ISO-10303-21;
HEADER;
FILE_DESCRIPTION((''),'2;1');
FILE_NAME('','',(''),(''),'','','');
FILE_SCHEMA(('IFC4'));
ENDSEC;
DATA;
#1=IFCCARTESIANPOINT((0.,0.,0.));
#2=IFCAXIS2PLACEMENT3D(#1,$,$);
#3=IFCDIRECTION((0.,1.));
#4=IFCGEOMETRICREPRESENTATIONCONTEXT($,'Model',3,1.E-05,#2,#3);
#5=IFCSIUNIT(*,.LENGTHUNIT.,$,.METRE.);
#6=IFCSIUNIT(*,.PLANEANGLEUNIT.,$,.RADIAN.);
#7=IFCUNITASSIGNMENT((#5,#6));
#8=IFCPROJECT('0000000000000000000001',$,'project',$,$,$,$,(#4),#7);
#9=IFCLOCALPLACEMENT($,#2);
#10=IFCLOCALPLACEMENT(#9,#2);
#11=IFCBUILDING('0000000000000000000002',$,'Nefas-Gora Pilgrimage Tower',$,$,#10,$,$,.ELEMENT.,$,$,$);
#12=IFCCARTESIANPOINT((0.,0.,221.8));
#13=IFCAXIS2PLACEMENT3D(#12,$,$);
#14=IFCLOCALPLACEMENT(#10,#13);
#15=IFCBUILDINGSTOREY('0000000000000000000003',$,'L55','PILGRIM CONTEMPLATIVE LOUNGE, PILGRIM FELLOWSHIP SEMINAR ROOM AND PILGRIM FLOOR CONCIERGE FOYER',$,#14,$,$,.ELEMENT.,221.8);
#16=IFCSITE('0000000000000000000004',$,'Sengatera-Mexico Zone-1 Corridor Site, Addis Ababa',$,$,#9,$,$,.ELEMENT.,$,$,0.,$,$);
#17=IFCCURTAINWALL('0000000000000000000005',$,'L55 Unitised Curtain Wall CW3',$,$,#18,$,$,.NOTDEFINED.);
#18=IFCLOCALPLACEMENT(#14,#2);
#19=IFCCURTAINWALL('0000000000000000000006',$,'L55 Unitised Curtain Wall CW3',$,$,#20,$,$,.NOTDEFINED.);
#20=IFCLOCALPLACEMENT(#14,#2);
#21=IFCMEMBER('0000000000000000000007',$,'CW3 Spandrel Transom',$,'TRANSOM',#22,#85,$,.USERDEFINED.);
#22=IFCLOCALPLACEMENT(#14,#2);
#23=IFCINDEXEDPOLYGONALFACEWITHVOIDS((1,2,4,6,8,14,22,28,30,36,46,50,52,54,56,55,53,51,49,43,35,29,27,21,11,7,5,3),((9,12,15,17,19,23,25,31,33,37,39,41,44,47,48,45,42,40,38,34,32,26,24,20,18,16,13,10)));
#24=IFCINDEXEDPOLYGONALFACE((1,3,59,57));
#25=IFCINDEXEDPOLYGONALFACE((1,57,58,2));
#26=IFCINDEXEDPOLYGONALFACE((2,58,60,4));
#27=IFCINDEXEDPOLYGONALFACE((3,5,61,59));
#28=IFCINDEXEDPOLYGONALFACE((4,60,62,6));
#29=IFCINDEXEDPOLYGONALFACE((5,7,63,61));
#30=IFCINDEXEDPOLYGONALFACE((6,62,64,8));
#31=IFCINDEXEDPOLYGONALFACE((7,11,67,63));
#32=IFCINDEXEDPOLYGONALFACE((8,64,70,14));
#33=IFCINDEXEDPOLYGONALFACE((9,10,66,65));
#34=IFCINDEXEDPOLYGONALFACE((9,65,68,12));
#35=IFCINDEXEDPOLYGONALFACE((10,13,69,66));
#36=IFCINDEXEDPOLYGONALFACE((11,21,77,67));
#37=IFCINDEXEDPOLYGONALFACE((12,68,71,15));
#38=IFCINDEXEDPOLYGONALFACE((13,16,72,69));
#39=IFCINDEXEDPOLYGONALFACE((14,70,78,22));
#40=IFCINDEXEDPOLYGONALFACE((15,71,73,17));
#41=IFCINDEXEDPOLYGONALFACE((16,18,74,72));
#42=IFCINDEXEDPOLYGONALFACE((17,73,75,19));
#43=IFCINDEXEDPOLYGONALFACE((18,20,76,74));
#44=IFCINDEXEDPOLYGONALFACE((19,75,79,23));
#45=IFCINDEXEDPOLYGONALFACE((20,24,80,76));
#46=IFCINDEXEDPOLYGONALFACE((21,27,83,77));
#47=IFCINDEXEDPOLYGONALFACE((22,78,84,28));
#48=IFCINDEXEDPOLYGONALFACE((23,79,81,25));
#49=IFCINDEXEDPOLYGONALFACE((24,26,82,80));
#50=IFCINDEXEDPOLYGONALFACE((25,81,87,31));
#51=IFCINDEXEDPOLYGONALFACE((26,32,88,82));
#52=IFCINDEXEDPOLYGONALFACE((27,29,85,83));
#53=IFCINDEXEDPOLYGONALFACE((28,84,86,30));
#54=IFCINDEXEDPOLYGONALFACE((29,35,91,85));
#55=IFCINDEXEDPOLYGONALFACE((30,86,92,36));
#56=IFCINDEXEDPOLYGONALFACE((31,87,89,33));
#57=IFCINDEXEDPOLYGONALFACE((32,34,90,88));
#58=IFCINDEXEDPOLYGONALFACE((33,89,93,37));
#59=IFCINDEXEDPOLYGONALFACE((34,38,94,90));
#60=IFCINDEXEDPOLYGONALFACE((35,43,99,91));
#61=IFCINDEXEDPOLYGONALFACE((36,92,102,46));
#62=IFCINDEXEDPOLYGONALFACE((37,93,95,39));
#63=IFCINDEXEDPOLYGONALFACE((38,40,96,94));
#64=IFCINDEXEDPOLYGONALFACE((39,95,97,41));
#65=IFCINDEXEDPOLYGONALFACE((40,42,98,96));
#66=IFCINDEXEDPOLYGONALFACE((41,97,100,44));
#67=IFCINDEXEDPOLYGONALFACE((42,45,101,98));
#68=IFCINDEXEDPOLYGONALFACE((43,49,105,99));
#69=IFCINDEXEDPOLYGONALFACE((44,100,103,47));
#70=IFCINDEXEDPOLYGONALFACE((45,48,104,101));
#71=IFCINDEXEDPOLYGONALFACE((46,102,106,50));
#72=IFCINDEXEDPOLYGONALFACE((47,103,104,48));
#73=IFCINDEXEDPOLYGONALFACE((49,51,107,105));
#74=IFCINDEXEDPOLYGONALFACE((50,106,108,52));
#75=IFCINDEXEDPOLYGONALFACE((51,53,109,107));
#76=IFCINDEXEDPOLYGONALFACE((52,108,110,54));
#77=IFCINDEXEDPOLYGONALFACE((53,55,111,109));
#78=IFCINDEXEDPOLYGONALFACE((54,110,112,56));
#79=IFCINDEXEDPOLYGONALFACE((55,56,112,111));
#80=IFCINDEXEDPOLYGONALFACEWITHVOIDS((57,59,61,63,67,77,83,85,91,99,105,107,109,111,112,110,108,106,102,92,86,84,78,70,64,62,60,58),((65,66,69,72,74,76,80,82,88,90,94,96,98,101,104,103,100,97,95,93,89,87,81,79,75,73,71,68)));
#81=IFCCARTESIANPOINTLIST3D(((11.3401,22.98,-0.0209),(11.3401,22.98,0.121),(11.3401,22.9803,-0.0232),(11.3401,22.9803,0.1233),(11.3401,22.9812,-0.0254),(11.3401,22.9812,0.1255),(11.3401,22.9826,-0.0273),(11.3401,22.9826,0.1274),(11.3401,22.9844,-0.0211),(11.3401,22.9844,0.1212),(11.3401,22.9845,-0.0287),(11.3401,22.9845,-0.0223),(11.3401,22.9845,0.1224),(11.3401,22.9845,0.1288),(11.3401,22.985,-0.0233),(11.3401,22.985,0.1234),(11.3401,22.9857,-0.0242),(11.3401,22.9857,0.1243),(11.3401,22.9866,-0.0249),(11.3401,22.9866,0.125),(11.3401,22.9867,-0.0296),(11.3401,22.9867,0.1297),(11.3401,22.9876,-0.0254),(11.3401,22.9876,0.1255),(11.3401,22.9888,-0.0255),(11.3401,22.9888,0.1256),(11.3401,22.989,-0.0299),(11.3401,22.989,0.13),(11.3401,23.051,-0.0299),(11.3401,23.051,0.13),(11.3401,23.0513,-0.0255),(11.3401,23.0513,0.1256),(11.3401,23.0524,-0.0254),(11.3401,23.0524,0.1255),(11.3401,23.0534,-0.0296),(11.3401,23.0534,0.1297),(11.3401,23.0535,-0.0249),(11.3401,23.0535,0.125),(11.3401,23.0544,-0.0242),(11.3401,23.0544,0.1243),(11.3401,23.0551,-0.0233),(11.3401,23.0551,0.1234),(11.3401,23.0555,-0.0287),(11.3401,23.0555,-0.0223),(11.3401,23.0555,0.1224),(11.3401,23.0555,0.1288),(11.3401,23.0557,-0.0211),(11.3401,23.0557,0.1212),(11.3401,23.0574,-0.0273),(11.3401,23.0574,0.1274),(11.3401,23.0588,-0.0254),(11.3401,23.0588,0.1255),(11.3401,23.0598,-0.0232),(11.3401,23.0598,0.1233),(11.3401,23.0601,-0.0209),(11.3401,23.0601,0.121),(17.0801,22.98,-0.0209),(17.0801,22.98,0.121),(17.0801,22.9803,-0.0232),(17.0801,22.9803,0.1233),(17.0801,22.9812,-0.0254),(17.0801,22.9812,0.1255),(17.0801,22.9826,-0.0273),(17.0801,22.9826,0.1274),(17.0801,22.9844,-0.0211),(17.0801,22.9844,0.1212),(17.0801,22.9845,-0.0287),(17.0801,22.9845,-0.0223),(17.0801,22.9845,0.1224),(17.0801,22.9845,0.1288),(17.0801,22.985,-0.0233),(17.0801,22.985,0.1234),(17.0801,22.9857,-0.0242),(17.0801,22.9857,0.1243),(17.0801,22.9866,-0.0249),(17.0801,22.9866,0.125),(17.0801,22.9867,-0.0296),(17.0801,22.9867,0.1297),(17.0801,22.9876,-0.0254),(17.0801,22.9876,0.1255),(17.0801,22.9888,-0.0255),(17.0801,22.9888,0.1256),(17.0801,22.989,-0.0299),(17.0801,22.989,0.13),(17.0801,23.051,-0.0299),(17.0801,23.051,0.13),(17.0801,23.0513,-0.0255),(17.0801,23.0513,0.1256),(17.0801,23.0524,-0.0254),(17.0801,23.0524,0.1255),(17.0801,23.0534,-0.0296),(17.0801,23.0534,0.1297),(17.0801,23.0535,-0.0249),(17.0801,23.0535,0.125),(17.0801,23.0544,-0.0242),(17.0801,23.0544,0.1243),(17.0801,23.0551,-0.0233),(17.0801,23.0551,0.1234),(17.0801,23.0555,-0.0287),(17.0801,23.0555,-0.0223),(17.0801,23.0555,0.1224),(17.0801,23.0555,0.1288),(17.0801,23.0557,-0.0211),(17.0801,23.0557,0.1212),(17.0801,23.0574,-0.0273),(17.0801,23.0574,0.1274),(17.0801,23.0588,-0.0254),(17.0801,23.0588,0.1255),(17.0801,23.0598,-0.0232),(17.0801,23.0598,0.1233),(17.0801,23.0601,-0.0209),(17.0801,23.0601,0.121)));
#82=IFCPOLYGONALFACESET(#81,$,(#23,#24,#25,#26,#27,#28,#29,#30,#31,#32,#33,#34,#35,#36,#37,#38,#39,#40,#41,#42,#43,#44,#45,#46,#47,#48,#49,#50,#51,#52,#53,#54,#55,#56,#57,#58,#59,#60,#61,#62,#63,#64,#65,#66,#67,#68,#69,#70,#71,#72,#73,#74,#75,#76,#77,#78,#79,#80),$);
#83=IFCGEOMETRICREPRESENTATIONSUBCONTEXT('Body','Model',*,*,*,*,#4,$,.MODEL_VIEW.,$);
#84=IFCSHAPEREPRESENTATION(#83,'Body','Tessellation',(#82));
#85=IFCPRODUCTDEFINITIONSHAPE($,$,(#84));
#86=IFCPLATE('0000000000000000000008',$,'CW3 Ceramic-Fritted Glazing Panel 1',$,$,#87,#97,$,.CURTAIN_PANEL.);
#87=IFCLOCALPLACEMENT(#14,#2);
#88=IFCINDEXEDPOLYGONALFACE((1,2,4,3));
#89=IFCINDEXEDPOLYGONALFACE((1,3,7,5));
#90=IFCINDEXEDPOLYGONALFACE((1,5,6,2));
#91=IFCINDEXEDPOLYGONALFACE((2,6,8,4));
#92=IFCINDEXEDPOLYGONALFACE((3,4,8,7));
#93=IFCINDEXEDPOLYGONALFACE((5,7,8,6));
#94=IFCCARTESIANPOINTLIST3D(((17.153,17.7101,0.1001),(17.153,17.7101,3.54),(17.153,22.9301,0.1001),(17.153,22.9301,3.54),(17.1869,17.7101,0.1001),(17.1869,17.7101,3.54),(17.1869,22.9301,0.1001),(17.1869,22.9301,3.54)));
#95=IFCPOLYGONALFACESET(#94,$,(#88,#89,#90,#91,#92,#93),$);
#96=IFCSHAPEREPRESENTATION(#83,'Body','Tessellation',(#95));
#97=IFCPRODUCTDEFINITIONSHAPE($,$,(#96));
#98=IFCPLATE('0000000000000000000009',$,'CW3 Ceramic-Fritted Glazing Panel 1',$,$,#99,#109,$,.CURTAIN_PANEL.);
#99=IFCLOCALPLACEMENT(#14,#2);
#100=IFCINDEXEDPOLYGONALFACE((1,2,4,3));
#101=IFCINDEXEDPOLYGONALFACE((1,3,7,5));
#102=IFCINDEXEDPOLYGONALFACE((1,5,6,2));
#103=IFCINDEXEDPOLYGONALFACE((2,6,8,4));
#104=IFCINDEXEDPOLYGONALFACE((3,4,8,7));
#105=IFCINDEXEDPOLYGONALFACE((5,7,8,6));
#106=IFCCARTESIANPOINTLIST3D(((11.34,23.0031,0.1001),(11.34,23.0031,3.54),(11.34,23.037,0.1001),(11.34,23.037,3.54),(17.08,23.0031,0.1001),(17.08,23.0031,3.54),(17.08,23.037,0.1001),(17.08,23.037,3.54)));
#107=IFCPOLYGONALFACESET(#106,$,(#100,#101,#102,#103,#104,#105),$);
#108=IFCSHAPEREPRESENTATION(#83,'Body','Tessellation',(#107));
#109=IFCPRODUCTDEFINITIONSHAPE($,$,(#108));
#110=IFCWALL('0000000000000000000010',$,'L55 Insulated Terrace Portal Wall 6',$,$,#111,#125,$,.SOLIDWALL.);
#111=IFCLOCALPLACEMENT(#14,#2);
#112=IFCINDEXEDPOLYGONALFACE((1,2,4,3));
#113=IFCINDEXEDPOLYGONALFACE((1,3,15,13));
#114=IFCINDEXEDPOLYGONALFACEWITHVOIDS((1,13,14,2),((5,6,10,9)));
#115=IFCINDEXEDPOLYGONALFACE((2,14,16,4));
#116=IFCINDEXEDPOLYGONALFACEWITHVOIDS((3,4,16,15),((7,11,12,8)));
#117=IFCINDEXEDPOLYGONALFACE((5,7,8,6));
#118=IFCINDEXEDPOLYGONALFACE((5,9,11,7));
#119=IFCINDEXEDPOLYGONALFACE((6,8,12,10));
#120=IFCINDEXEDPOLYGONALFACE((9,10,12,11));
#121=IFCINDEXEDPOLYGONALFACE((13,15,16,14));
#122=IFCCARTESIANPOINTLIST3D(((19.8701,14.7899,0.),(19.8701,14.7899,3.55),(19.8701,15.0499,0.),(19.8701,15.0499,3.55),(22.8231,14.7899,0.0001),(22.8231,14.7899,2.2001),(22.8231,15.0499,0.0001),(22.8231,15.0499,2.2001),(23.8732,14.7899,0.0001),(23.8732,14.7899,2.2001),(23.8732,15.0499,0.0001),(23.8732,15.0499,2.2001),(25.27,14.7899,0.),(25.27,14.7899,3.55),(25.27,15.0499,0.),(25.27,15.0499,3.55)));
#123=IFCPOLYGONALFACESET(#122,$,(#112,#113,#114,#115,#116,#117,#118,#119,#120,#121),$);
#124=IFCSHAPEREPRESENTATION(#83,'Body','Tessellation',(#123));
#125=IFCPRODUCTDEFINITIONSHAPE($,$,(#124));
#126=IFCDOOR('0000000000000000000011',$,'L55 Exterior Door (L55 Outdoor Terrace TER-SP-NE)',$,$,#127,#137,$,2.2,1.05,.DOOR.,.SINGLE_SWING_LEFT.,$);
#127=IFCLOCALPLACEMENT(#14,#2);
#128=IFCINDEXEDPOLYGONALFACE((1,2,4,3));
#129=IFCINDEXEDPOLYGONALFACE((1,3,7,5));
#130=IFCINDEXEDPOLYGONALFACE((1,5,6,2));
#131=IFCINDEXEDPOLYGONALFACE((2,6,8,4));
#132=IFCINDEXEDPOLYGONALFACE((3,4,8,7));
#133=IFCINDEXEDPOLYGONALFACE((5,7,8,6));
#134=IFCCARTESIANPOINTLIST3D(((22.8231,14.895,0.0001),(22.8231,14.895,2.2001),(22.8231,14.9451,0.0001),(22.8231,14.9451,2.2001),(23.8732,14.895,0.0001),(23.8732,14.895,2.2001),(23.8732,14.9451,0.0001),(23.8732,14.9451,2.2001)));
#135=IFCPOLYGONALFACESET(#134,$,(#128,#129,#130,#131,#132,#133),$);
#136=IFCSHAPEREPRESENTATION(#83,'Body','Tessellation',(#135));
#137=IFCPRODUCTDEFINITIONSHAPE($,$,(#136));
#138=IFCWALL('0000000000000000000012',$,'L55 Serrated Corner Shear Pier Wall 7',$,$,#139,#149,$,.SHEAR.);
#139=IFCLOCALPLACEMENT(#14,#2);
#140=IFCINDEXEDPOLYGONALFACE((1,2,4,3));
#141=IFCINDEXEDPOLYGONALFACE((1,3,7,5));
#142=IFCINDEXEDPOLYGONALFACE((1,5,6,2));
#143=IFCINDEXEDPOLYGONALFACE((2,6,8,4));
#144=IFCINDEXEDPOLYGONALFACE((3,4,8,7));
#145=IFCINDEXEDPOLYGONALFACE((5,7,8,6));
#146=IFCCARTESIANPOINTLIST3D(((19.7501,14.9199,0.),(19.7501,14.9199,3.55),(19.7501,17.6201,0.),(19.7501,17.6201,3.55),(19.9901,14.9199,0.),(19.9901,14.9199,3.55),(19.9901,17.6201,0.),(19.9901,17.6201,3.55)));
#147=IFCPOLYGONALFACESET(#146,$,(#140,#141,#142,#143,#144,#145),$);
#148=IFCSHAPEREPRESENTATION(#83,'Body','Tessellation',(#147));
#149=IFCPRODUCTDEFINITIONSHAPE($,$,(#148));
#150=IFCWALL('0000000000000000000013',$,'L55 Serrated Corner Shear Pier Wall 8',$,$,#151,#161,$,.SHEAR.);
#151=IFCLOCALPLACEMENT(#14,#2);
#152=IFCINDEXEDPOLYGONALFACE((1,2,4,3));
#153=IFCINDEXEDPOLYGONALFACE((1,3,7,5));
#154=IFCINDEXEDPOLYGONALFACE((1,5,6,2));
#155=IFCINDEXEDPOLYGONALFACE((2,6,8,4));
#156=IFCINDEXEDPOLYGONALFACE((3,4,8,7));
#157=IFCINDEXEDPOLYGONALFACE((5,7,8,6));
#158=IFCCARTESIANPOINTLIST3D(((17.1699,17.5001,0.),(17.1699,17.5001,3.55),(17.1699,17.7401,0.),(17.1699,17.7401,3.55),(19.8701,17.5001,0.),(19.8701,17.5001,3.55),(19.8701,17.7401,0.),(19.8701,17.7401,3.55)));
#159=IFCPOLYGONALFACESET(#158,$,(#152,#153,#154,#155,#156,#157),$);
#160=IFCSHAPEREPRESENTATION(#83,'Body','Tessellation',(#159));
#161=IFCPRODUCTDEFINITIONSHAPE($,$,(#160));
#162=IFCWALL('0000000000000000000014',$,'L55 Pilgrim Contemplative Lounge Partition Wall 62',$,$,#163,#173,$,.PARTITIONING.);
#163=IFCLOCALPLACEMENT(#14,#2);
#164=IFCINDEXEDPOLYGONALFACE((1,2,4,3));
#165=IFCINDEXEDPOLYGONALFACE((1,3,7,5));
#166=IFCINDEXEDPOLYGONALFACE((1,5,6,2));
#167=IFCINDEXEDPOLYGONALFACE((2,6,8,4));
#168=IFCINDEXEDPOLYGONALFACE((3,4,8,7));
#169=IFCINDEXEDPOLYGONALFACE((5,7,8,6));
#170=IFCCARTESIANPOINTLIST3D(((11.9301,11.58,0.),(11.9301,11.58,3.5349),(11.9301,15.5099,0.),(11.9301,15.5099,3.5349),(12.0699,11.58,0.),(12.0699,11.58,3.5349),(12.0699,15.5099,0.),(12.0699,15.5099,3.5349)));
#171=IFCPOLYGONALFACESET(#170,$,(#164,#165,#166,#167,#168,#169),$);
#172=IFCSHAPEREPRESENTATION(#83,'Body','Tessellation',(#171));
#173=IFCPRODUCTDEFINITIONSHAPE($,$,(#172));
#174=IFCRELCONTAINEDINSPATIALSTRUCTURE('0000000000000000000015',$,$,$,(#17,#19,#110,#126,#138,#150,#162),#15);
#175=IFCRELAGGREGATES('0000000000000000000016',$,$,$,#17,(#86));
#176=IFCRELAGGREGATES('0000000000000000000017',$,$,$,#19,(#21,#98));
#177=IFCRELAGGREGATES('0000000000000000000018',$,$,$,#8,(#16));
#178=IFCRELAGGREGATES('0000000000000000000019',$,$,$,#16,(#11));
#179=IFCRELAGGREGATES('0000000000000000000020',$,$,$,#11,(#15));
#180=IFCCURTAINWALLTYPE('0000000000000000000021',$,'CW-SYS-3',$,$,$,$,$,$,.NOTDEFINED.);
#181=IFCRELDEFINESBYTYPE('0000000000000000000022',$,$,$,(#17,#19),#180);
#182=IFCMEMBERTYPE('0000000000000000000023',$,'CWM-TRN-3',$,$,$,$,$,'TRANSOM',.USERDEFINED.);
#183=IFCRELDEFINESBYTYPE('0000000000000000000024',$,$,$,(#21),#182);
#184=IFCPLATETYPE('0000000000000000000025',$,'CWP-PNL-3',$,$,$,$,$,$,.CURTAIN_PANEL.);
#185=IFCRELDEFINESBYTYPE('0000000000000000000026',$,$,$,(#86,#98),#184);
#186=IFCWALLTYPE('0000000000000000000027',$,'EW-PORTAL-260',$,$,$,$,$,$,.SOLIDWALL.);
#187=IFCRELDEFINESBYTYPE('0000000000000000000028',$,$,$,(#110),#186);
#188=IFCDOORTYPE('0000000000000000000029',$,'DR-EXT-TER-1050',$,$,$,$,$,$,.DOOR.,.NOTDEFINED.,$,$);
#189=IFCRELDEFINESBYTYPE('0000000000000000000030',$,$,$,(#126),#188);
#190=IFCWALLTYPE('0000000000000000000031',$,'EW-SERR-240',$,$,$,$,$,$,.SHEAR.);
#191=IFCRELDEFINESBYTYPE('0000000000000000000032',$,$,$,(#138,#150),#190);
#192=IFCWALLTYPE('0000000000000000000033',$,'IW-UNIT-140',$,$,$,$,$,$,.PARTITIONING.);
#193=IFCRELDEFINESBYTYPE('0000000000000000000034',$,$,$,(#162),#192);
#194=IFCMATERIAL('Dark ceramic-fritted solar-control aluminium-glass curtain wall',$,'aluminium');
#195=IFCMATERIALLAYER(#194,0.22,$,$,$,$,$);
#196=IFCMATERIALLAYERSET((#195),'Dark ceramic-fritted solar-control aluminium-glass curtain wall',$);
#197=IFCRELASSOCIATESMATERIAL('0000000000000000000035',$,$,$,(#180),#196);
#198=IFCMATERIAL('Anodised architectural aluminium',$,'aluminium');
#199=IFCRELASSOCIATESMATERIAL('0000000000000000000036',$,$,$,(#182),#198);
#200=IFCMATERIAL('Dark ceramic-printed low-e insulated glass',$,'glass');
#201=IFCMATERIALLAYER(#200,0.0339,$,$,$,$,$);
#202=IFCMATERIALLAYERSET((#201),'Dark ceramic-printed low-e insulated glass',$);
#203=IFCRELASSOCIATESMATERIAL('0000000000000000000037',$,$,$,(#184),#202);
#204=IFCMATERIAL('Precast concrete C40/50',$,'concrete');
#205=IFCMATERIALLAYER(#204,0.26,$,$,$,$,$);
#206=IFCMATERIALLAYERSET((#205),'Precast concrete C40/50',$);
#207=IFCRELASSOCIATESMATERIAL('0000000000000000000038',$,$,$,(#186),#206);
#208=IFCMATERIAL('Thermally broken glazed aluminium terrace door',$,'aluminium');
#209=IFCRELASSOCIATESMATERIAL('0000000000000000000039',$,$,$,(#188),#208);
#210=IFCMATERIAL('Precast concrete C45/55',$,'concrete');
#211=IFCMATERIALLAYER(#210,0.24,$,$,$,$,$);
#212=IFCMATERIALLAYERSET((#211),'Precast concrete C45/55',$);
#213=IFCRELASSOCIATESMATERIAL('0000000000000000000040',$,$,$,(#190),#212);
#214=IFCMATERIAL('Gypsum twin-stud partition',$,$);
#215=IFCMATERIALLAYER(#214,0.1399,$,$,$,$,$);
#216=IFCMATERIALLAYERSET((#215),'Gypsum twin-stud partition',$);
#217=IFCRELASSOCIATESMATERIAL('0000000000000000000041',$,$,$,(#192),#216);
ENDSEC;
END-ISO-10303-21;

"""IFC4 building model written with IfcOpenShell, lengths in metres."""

from ifc_helpers import new_model, si_unit, direction, frame, frame_2d, origin, origin_2d, place, context, subcontext, project, spatial, rectangle, hollow_rectangle, extrude, source, transform, mapped, material, layer, layer_set, material_profile, profile_set, type_object, element, fill, aggregate, save


model = new_model("IFC4")

# Units and contexts
model_context = context("Model", 3, precision=1e-05, world=origin(), true_north=direction((0.0, 1.0)))
body_context = subcontext(model_context, "Body", "Model", "MODEL_VIEW")
ifc_project = project(units=[si_unit("LENGTHUNIT", "METRE"), si_unit("PLANEANGLEUNIT", "RADIAN")], contexts=[model_context])

# Site, building, storey
site_placement = place(None, origin())
site = spatial("IfcSite", under=ifc_project, at=site_placement, Name="Sengatera-Mexico Zone-1 Corridor Site, Addis Ababa", CompositionType="ELEMENT", RefElevation=0.0)
building_placement = place(site_placement, origin())
building = spatial("IfcBuilding", under=site, at=building_placement, Name="Nefas-Gora Pilgrimage Tower", CompositionType="ELEMENT")
storey_placement = place(building_placement, frame((0.0, 0.0, 221.8)))
storey = spatial("IfcBuildingStorey", under=building, at=storey_placement, Name="L55", Description="PILGRIM CONTEMPLATIVE LOUNGE, PILGRIM FELLOWSHIP SEMINAR ROOM AND PILGRIM FLOOR CONCIERGE FOYER", CompositionType="ELEMENT", Elevation=221.8)

# Shared definitions
ifc_material_1 = material(Name="Dark ceramic-fritted solar-control aluminium-glass curtain wall", Category="aluminium")
ifc_layer_1 = layer(ifc_material_1, 0.22)
ifc_layer_set_1 = layer_set([ifc_layer_1], Name="Dark ceramic-fritted solar-control aluminium-glass curtain wall")
curtain_wall_type = type_object("IfcCurtainWallType", Name="CW-SYS-3", PredefinedType="NOTDEFINED", material=ifc_layer_set_1)
ifc_material_2 = material(Name="Anodised architectural aluminium", Category="aluminium")

# Curtain walls
curtain_wall_1_placement = place(storey_placement, origin())
curtain_wall_1 = element("IfcCurtainWall", 1, at=curtain_wall_1_placement, inside=storey, type_object=curtain_wall_type, Name="L55 Unitised Curtain Wall CW3", PredefinedType="NOTDEFINED")
curtain_wall_2_placement = place(storey_placement, origin())
curtain_wall_2 = element("IfcCurtainWall", 2, at=curtain_wall_2_placement, inside=storey, type_object=curtain_wall_type, Name="L55 Unitised Curtain Wall CW3", PredefinedType="NOTDEFINED")

# Member
ifc_material_profile_1 = material_profile(ifc_material_2, hollow_rectangle(XDim=0.0801, YDim=0.1599, WallThickness=0.0044, InnerFilletRadius=0.0044, OuterFilletRadius=0.009, at=origin_2d()), Name="ALU TRANSOM 80x160")
ifc_profile_set_1 = profile_set([ifc_material_profile_1], Name="Anodised architectural aluminium")
member_type_1 = type_object("IfcMemberType", Name="CWM-TRN-3", ElementType="TRANSOM", PredefinedType="USERDEFINED", material=ifc_profile_set_1)
shared_shape_1 = source(origin(), body_context, "Body", "SweptSolid", [
    extrude(hollow_rectangle(XDim=0.0801, YDim=0.1599, WallThickness=0.0044, InnerFilletRadius=0.0044, OuterFilletRadius=0.009, at=origin_2d()), origin(), (0.0, 0.0, 1.0), 5.74),
])
member_1_placement = place(storey_placement, frame((17.0801, 23.02, 0.05), z_axis=(-1.0, 0.0, 0.0), x_axis=(0.0, -1.0, 0.0)))
member_1 = element("IfcMember", 3, at=member_1_placement, type_object=member_type_1, Name="CW3 Spandrel Transom", ObjectType="TRANSOM", PredefinedType="USERDEFINED", context=body_context, shape_type="MappedRepresentation", body=[
    mapped(shared_shape_1, transform((0.0, 0.0, 0.0), x_axis=(1.0, 0.0, 0.0), y_axis=(0.0, 1.0, 0.0), z_axis=(0.0, 0.0, 1.0), scale=1.0)),
])

# Plates
ifc_material_3 = material(Name="Dark ceramic-printed low-e insulated glass", Category="glass")
ifc_layer_2 = layer(ifc_material_3, 0.0339)
ifc_layer_set_2 = layer_set([ifc_layer_2], Name="Dark ceramic-printed low-e insulated glass")
plate_type = type_object("IfcPlateType", Name="CWP-PNL-3", PredefinedType="CURTAIN_PANEL", material=ifc_layer_set_2)
shared_shape_2 = source(origin(), body_context, "Body", "SweptSolid", [
    extrude(rectangle(XDim=5.22, YDim=0.0339, at=origin_2d()), origin(), (0.0, 0.0, 1.0), 3.4399),
])
plate_1_placement = place(storey_placement, frame((17.1699, 20.3201, 0.1001), z_axis=(0.0, 0.0, 1.0), x_axis=(0.0, 1.0, 0.0)))
plate_1 = element("IfcPlate", 4, at=plate_1_placement, type_object=plate_type, Name="CW3 Ceramic-Fritted Glazing Panel 1", PredefinedType="CURTAIN_PANEL", context=body_context, shape_type="MappedRepresentation", body=[
    mapped(shared_shape_2, transform((0.0, 0.0, 0.0), x_axis=(1.0, 0.0, 0.0), y_axis=(0.0, 1.0, 0.0), z_axis=(0.0, 0.0, 1.0), scale=1.0)),
])
aggregate(curtain_wall_1, [plate_1])
shared_shape_3 = source(origin(), body_context, "Body", "SweptSolid", [
    extrude(rectangle(XDim=5.74, YDim=0.0339, at=origin_2d()), origin(), (0.0, 0.0, 1.0), 3.4399),
])
plate_2_placement = place(storey_placement, frame((14.21, 23.02, 0.1001), z_axis=(0.0, 0.0, 1.0), x_axis=(-1.0, 0.0, 0.0)))
plate_2 = element("IfcPlate", 5, at=plate_2_placement, type_object=plate_type, Name="CW3 Ceramic-Fritted Glazing Panel 1", PredefinedType="CURTAIN_PANEL", context=body_context, shape_type="MappedRepresentation", body=[
    mapped(shared_shape_3, transform((0.0, 0.0, 0.0), x_axis=(1.0, 0.0, 0.0), y_axis=(0.0, 1.0, 0.0), z_axis=(0.0, 0.0, 1.0), scale=1.0)),
])
aggregate(curtain_wall_2, [member_1, plate_2])

# Wall, opening, door
ifc_material_4 = material(Name="Precast concrete C40/50", Category="concrete")
ifc_layer_3 = layer(ifc_material_4, 0.26)
ifc_layer_set_3 = layer_set([ifc_layer_3], Name="Precast concrete C40/50")
wall_type_1 = type_object("IfcWallType", Name="EW-PORTAL-260", PredefinedType="SOLIDWALL", material=ifc_layer_set_3)
shared_shape_4 = source(origin(), body_context, "Body", "SweptSolid", [
    extrude(rectangle(XDim=5.3999, YDim=0.26, at=frame_2d((2.7, 0.0))), origin(), (0.0, 0.0, 1.0), 3.55),
])
wall_1_placement = place(storey_placement, frame((25.27, 14.9199, 0.0), z_axis=(0.0, 0.0, 1.0), x_axis=(-1.0, 0.0, 0.0)))
wall_1 = element("IfcWall", 6, at=wall_1_placement, inside=storey, type_object=wall_type_1, Name="L55 Insulated Terrace Portal Wall 6", PredefinedType="SOLIDWALL", context=body_context, shape_type="MappedRepresentation", body=[
    mapped(shared_shape_4, transform((0.0, 0.0, 0.0), x_axis=(1.0, 0.0, 0.0), y_axis=(0.0, 1.0, 0.0), z_axis=(0.0, 0.0, 1.0), scale=1.0)),
])
opening_1_placement = place(wall_1_placement, frame((1.397, 0.0, 0.0)))
opening_1 = element("IfcOpeningElement", 7, at=opening_1_placement, cuts=wall_1, PredefinedType="OPENING", context=body_context, shape_type="SweptSolid", body=[
    extrude(rectangle(XDim=1.05, YDim=2.2, at=frame_2d((0.5249, 1.1001))), frame((0.0, 0.1399, 0.0), z_axis=(0.0, -1.0, 0.0), x_axis=(1.0, 0.0, 0.0)), (0.0, 0.0, 1.0), 0.28),
])
ifc_material_5 = material(Name="Thermally broken glazed aluminium terrace door", Category="aluminium")
door_type_1 = type_object("IfcDoorType", Name="DR-EXT-TER-1050", OperationType="NOTDEFINED", PredefinedType="DOOR", material=ifc_material_5)
shared_shape_5 = source(origin(), body_context, "Body", "SweptSolid", [
    extrude(rectangle(XDim=1.05, YDim=2.2, at=frame_2d((0.5249, 1.1001))), frame((0.0, 0.0249, 0.0), z_axis=(0.0, -1.0, 0.0), x_axis=(1.0, 0.0, 0.0)), (0.0, 0.0, 1.0), 0.05),
])
door_1_placement = place(opening_1_placement, origin())
door_1 = element("IfcDoor", 8, at=door_1_placement, inside=storey, type_object=door_type_1, Name="L55 Exterior Door (L55 Outdoor Terrace TER-SP-NE)", OperationType="SINGLE_SWING_LEFT", OverallHeight=2.2, OverallWidth=1.05, PredefinedType="DOOR", context=body_context, shape_type="MappedRepresentation", body=[
    mapped(shared_shape_5, transform((0.0, 0.0, 0.0), x_axis=(1.0, 0.0, 0.0), y_axis=(0.0, 1.0, 0.0), z_axis=(0.0, 0.0, 1.0), scale=1.0)),
])
fill(opening_1, door_1)

# Walls
ifc_material_6 = material(Name="Precast concrete C45/55", Category="concrete")
ifc_layer_4 = layer(ifc_material_6, 0.24)
ifc_layer_set_4 = layer_set([ifc_layer_4], Name="Precast concrete C45/55")
wall_type_2 = type_object("IfcWallType", Name="EW-SERR-240", PredefinedType="SHEAR", material=ifc_layer_set_4)
shared_shape_6 = source(origin(), body_context, "Body", "SweptSolid", [
    extrude(rectangle(XDim=2.7002, YDim=0.24, at=frame_2d((1.3501, 0.0))), origin(), (0.0, 0.0, 1.0), 3.55),
])
for number, where, z_axis, x_axis, name in (
    (9, (19.8701, 14.9199, 0.0), (0.0, 0.0, 1.0), (0.0, 1.0, 0.0), "L55 Serrated Corner Shear Pier Wall 7"),
    (10, (19.8701, 17.6201, 0.0), (0.0, 0.0, 1.0), (-1.0, 0.0, 0.0), "L55 Serrated Corner Shear Pier Wall 8"),
):
    element("IfcWall", number, at=place(storey_placement, frame(where, z_axis=z_axis, x_axis=x_axis)), inside=storey, type_object=wall_type_2, Name=name, PredefinedType="SHEAR", context=body_context, shape_type="MappedRepresentation", body=[
        mapped(shared_shape_6, transform((0.0, 0.0, 0.0), x_axis=(1.0, 0.0, 0.0), y_axis=(0.0, 1.0, 0.0), z_axis=(0.0, 0.0, 1.0), scale=1.0)),
    ])
ifc_material_7 = material(Name="Gypsum twin-stud partition")
ifc_layer_5 = layer(ifc_material_7, 0.1399)
ifc_layer_set_5 = layer_set([ifc_layer_5], Name="Gypsum twin-stud partition")
wall_type_3 = type_object("IfcWallType", Name="IW-UNIT-140", PredefinedType="PARTITIONING", material=ifc_layer_set_5)
shared_shape_7 = source(origin(), body_context, "Body", "SweptSolid", [
    extrude(rectangle(XDim=3.9299, YDim=0.1399, at=frame_2d((1.9648, 0.0))), origin(), (0.0, 0.0, 1.0), 3.5349),
])
wall_2_placement = place(storey_placement, frame((12.0, 11.5801, 0.0), z_axis=(0.0, 0.0, 1.0), x_axis=(0.0, 1.0, 0.0)))
element("IfcWall", 11, at=wall_2_placement, inside=storey, type_object=wall_type_3, Name="L55 Pilgrim Contemplative Lounge Partition Wall 62", PredefinedType="PARTITIONING", context=body_context, shape_type="MappedRepresentation", body=[
    mapped(shared_shape_7, transform((0.0, 0.0, 0.0), x_axis=(1.0, 0.0, 0.0), y_axis=(0.0, 1.0, 0.0), z_axis=(0.0, 0.0, 1.0), scale=1.0)),
])

save(model, "model.ifc")
